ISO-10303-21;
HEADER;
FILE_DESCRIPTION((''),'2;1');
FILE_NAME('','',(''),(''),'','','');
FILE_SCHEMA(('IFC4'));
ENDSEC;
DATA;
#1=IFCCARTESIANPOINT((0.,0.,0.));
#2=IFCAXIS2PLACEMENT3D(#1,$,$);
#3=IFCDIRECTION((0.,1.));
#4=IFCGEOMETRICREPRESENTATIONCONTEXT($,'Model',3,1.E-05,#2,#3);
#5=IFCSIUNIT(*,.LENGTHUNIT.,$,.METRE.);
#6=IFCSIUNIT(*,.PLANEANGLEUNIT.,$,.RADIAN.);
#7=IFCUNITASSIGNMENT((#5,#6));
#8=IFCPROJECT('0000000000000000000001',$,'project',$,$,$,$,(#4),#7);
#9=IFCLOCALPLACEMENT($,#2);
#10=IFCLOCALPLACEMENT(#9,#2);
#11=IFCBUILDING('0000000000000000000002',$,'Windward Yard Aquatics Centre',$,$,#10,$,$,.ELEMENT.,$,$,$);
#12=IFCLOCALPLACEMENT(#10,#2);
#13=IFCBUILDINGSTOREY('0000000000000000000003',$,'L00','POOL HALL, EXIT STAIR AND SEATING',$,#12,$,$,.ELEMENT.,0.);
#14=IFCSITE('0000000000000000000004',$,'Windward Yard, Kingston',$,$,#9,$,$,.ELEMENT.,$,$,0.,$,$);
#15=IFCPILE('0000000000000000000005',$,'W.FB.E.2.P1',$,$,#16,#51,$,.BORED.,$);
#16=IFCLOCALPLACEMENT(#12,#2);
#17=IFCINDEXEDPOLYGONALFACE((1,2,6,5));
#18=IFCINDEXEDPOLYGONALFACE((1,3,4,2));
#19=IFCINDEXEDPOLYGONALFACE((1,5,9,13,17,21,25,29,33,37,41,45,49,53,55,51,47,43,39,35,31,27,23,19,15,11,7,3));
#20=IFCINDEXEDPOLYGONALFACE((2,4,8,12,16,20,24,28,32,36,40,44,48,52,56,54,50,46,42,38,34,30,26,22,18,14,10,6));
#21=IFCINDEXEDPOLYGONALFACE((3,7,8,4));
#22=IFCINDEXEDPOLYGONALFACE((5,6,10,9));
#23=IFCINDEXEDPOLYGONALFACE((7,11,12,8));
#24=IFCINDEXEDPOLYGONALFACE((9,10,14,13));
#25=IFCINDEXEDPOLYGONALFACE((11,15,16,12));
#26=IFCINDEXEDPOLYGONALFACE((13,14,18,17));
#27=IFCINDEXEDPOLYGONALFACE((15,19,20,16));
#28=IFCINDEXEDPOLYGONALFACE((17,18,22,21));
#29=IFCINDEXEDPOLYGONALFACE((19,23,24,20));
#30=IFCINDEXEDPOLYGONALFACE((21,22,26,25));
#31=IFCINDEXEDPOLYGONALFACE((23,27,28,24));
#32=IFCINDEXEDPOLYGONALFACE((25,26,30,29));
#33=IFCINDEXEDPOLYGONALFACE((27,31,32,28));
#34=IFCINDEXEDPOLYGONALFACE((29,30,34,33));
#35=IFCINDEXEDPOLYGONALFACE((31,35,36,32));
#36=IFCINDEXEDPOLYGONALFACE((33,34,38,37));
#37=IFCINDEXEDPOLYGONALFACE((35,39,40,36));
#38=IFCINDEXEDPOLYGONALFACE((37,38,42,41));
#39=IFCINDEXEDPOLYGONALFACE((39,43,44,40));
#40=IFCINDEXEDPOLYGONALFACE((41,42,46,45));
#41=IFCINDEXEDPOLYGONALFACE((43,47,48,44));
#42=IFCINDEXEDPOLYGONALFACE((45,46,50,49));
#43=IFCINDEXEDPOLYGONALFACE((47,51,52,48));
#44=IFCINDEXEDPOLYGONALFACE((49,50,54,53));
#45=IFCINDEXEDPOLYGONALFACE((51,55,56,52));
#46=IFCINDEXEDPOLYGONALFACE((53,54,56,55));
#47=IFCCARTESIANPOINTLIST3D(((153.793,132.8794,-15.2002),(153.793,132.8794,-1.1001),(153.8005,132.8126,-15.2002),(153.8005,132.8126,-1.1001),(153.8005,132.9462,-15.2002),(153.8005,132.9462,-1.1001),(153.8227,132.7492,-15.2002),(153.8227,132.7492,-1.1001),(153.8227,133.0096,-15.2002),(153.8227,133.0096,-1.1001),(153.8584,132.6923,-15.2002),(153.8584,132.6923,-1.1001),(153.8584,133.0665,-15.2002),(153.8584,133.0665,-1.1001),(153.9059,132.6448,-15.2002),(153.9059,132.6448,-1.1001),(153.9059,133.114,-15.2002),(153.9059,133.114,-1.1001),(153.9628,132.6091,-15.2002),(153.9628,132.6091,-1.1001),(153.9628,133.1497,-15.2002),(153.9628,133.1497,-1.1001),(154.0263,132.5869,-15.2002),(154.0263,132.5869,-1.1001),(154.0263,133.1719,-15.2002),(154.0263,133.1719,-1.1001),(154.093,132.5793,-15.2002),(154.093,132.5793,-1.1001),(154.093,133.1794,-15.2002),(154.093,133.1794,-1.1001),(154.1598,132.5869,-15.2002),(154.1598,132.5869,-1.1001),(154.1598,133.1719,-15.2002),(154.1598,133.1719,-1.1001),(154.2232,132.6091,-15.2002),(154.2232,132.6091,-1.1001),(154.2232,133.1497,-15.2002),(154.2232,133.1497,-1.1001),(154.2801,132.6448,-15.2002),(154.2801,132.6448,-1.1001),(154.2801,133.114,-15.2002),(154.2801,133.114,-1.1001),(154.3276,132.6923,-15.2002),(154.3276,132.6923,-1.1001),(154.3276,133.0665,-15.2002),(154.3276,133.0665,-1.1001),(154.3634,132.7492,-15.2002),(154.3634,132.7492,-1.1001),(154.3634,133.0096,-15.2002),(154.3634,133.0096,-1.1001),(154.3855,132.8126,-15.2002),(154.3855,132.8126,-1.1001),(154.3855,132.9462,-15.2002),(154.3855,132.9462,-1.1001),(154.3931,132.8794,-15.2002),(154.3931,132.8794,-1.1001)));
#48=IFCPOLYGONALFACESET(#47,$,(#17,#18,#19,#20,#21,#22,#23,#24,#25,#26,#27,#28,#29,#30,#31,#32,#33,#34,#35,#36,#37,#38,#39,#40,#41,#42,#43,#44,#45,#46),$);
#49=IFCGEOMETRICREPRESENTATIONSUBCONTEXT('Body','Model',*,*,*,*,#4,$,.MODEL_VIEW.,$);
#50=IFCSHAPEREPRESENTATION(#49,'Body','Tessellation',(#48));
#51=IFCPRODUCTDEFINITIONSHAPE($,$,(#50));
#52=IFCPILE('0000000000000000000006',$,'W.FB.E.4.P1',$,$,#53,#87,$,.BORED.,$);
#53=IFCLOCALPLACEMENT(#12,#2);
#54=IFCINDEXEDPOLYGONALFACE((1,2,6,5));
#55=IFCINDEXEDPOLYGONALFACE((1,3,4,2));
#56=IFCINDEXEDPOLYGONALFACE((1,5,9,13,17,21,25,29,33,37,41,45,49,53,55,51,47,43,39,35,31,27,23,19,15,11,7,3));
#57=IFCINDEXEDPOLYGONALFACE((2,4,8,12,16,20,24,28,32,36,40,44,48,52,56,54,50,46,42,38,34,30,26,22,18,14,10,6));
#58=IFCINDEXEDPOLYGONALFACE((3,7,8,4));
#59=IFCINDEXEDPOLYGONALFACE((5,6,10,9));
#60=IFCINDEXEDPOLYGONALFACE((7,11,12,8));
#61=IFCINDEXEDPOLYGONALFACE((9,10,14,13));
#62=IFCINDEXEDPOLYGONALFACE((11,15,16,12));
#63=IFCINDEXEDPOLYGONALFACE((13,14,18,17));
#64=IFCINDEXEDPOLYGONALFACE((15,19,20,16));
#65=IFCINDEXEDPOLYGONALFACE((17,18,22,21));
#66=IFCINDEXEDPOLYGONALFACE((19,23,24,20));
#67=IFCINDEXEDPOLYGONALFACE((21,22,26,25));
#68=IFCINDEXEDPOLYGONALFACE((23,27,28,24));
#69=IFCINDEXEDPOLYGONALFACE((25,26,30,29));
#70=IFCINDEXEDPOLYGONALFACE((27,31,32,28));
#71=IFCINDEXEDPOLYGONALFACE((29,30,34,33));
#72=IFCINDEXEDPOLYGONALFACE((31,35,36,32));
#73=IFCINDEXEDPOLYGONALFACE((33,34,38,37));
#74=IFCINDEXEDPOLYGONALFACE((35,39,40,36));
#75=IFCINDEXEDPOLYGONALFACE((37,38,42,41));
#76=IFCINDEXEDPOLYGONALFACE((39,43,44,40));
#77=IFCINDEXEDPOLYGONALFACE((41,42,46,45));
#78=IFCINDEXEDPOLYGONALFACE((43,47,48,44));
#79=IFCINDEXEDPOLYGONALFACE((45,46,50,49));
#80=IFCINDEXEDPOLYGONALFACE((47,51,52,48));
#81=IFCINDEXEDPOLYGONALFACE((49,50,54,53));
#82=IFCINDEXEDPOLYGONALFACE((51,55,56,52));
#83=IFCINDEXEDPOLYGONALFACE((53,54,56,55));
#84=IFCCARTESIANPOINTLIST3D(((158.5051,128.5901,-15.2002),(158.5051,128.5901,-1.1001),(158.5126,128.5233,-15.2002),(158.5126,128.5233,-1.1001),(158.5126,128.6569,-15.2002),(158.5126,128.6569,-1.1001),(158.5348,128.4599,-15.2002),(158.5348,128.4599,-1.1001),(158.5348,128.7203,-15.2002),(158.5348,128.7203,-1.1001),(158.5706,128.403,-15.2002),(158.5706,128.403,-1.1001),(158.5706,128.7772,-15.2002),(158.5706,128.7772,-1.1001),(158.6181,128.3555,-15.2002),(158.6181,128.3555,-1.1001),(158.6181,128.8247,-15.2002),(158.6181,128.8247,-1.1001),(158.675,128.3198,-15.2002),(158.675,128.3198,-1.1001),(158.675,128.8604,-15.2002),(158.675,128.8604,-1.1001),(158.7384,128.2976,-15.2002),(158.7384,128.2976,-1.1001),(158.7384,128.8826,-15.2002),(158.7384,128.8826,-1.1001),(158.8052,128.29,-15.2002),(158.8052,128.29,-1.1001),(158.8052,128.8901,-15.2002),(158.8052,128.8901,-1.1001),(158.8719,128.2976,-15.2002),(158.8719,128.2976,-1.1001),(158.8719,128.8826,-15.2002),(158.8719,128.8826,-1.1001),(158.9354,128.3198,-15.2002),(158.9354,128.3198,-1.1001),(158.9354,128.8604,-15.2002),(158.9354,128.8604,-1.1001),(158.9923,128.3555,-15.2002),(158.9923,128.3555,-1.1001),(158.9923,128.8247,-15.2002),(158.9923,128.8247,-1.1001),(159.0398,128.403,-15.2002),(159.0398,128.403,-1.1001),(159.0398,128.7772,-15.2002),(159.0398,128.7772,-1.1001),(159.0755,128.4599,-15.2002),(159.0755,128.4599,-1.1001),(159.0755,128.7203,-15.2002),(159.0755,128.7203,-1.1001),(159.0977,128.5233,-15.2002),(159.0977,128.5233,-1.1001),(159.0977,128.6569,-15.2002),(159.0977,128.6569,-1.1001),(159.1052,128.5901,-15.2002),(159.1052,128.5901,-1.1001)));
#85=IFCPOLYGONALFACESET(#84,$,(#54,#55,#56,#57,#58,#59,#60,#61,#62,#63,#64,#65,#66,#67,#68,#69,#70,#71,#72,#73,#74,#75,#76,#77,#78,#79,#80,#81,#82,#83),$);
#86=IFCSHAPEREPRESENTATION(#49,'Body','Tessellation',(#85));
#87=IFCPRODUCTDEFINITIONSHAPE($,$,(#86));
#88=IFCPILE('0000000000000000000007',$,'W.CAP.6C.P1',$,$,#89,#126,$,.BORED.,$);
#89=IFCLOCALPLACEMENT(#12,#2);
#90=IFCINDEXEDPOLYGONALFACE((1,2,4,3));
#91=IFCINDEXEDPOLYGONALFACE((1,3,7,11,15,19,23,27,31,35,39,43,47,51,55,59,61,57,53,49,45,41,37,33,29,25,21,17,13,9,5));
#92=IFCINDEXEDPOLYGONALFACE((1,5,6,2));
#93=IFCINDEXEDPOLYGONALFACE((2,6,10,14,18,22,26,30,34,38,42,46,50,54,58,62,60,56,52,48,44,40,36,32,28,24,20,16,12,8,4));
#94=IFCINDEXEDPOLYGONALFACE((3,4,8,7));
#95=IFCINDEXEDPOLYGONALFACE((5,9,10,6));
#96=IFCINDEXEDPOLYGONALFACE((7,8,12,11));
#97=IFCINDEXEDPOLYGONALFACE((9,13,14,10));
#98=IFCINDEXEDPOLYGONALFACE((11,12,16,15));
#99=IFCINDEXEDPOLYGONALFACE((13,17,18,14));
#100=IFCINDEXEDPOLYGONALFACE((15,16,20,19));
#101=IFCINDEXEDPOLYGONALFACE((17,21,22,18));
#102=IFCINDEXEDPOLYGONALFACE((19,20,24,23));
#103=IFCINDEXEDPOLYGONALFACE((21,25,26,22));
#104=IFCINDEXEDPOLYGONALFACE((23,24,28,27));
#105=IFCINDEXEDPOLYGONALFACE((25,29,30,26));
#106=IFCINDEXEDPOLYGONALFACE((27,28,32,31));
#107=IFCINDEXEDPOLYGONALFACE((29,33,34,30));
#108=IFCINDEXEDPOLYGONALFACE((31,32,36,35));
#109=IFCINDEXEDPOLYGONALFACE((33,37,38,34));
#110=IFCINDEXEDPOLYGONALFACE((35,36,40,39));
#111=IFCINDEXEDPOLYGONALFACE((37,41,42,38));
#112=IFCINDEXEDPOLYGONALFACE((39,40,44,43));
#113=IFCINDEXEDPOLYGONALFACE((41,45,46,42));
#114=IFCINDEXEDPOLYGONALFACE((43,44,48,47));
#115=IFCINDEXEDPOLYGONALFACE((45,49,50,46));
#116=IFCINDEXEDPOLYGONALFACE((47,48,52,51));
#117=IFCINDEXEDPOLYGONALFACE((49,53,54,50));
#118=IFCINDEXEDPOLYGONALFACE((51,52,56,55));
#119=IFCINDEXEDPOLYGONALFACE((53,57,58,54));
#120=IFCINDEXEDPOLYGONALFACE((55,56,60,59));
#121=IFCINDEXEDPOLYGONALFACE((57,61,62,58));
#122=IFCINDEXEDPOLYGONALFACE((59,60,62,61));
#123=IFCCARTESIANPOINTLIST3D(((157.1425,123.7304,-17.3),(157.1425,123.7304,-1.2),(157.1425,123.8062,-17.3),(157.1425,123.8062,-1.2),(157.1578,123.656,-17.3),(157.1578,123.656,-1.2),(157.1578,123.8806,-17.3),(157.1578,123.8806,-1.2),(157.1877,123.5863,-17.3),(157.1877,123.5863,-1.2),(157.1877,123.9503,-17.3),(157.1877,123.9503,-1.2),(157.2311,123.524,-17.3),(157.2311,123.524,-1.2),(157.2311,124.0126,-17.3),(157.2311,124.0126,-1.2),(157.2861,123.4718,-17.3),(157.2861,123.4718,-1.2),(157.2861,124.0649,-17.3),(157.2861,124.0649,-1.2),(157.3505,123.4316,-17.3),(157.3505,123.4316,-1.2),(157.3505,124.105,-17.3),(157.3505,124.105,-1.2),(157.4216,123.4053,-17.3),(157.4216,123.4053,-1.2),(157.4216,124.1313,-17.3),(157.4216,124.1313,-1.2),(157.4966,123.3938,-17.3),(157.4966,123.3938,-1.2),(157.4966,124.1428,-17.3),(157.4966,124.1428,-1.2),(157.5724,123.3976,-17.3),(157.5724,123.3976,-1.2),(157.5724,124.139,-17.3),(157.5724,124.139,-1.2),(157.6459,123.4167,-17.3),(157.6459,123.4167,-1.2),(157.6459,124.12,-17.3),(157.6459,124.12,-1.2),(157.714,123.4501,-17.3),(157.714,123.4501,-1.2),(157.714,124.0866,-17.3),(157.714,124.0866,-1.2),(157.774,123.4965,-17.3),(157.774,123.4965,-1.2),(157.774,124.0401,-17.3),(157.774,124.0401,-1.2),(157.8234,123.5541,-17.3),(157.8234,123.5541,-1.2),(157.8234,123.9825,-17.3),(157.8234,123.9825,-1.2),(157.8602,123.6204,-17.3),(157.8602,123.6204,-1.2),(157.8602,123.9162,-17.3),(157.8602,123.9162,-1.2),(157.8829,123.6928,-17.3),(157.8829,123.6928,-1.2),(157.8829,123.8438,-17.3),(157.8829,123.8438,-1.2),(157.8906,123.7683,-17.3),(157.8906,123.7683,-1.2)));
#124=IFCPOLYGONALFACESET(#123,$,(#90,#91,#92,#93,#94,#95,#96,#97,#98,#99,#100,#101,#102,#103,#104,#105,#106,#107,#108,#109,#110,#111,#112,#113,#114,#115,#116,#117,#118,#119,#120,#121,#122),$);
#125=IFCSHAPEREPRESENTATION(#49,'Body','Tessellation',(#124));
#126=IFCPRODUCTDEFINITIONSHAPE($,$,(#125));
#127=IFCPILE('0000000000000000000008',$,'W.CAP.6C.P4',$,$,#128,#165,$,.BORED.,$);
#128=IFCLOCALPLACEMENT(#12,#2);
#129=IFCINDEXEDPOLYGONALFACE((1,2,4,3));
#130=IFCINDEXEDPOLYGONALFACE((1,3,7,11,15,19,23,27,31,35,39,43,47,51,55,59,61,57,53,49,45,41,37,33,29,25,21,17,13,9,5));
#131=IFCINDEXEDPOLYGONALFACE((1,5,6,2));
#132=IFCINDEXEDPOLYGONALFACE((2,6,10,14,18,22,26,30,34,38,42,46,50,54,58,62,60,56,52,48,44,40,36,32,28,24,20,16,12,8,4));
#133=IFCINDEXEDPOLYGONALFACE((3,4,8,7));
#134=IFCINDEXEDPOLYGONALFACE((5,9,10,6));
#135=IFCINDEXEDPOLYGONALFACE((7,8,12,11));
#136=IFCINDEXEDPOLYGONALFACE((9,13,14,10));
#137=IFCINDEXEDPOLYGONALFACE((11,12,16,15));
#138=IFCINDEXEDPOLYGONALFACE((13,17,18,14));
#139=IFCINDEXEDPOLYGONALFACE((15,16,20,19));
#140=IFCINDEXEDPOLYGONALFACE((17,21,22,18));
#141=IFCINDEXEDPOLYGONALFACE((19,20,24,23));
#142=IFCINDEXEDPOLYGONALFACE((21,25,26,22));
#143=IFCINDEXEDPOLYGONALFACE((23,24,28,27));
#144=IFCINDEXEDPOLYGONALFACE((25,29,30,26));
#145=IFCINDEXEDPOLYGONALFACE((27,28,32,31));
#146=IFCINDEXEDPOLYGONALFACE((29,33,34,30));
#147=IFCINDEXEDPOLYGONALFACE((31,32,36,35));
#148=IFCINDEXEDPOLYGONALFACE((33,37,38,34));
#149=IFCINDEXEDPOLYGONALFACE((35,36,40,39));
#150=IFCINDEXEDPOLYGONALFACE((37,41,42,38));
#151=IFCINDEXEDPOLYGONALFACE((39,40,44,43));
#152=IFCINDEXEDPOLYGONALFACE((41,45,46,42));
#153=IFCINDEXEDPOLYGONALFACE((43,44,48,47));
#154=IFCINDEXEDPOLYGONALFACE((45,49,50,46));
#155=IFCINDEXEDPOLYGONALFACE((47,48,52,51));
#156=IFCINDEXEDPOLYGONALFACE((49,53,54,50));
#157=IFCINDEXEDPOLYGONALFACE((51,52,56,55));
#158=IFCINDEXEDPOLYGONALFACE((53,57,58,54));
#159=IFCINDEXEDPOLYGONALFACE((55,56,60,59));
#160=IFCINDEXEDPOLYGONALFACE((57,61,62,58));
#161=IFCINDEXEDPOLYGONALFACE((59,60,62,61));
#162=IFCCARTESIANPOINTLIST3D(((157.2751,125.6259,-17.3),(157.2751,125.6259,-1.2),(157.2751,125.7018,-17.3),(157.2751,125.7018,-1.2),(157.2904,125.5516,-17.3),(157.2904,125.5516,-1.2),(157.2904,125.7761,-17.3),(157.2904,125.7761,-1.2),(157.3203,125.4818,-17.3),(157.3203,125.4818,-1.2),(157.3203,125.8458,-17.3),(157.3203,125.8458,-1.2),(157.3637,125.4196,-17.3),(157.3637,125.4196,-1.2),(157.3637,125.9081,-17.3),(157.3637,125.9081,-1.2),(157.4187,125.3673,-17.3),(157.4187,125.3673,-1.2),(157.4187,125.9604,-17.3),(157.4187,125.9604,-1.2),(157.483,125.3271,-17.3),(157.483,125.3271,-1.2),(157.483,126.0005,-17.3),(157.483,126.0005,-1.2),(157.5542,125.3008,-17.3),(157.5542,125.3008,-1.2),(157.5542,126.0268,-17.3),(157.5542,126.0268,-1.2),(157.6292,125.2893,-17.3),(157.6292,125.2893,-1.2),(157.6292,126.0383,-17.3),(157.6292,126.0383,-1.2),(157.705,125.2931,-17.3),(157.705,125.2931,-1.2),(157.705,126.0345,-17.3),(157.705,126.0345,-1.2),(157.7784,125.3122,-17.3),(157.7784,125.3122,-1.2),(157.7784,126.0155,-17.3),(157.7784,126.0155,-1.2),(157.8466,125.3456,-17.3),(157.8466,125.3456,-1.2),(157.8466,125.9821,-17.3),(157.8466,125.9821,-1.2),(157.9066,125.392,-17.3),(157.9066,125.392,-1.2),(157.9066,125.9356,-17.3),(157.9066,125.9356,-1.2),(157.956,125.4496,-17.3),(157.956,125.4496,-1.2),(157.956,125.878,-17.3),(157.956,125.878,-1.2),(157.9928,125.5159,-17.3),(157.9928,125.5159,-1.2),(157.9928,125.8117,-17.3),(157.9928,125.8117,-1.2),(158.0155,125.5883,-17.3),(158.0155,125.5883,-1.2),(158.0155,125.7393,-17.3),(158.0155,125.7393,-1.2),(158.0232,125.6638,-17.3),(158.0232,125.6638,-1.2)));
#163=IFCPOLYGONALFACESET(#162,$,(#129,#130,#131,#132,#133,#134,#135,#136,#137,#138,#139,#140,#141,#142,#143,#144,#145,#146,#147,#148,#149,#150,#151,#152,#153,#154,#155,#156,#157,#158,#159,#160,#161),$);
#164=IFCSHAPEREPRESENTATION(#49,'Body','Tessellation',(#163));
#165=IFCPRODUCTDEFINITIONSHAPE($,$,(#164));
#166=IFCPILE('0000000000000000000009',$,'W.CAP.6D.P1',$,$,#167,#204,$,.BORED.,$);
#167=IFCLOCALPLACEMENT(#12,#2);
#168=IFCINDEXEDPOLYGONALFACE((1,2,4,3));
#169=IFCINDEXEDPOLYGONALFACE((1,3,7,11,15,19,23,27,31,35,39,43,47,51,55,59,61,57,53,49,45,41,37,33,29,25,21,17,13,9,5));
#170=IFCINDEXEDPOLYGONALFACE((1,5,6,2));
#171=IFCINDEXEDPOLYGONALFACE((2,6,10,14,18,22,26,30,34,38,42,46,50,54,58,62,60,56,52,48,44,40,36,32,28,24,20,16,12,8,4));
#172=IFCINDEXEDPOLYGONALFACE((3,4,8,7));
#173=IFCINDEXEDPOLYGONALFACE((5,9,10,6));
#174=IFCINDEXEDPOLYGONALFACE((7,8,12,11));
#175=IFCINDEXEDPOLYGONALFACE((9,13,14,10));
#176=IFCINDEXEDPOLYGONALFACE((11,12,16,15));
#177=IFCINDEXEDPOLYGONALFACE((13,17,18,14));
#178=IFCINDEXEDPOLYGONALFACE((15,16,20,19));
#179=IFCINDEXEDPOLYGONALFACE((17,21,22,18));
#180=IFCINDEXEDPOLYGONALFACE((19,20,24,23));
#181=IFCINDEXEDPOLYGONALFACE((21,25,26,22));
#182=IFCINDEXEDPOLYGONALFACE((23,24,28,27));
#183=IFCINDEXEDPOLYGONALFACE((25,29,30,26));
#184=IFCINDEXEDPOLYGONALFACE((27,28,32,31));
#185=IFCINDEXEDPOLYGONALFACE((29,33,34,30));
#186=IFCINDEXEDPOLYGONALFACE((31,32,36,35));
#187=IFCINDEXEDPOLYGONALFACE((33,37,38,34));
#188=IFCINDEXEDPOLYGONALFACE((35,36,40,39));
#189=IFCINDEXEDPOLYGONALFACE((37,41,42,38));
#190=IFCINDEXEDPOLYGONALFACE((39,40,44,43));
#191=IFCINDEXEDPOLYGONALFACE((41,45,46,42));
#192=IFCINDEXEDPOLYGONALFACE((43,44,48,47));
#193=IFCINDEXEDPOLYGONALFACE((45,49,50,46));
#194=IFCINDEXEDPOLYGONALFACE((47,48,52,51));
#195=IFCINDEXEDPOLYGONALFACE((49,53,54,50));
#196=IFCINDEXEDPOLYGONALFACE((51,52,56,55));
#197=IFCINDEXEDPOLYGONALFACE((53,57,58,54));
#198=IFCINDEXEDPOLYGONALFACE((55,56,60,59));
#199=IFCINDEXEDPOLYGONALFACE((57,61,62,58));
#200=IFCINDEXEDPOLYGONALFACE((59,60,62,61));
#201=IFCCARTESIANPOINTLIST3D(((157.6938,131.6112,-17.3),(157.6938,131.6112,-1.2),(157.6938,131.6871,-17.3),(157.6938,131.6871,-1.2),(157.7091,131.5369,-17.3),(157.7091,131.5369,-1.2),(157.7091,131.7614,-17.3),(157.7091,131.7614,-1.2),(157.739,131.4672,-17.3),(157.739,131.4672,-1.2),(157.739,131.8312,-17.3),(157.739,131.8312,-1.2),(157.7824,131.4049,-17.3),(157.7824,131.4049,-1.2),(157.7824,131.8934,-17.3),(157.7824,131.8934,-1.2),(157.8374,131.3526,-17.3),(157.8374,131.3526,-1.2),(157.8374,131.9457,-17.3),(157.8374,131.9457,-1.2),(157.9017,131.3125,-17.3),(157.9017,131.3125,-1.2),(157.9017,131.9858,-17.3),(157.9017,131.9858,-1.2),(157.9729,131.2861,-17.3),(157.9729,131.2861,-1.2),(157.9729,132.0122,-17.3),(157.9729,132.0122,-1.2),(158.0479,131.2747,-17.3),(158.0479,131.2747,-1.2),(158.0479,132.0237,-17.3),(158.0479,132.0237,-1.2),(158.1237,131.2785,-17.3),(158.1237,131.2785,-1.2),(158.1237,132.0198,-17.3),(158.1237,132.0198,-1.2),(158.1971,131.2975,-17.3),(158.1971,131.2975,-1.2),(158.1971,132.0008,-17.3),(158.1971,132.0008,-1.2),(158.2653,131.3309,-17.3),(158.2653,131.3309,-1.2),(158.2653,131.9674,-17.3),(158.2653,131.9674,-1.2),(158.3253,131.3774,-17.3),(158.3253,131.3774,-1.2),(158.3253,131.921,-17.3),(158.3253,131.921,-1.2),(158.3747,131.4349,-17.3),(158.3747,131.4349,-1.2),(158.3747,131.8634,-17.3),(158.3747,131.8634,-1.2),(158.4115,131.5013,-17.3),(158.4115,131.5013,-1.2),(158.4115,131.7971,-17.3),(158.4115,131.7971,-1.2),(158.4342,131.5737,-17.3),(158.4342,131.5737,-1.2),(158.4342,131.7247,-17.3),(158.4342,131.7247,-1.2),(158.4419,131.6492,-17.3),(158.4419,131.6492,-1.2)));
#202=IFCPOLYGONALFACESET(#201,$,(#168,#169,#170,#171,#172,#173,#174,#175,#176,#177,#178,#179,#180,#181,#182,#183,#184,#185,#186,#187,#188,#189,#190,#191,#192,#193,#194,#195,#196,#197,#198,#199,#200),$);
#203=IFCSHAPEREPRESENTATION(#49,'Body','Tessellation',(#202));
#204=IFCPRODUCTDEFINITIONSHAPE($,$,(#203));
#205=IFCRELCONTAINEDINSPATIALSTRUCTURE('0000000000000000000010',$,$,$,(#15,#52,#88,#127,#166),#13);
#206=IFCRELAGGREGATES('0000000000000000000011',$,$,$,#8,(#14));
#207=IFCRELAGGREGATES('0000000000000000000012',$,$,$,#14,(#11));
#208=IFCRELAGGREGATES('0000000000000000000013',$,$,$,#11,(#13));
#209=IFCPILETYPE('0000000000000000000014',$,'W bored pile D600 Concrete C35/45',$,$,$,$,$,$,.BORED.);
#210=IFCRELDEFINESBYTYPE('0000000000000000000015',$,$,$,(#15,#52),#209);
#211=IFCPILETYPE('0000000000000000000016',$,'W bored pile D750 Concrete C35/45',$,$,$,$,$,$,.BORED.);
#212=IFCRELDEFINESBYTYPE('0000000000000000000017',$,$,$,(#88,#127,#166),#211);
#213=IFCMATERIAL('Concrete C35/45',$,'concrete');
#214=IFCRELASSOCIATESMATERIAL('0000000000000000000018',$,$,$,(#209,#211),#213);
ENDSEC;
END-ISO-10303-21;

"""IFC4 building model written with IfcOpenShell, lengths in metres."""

from ifc_helpers import new_model, si_unit, direction, frame, origin, origin_2d, place, context, subcontext, project, spatial, circle, extrude, material, material_profile, profile_set, type_object, element, save


model = new_model("IFC4")

# Units and contexts
model_context = context("Model", 3, precision=1e-05, world=origin(), true_north=direction((0.0, 1.0)))
body_context = subcontext(model_context, "Body", "Model", "MODEL_VIEW")
ifc_project = project(units=[si_unit("LENGTHUNIT", "METRE"), si_unit("PLANEANGLEUNIT", "RADIAN")], contexts=[model_context])

# Site, building, storey
site_placement = place(None, origin())
site = spatial("IfcSite", under=ifc_project, at=site_placement, Name="Windward Yard, Kingston", CompositionType="ELEMENT", RefElevation=0.0)
building_placement = place(site_placement, origin())
building = spatial("IfcBuilding", under=site, at=building_placement, Name="Windward Yard Aquatics Centre", CompositionType="ELEMENT")
storey_placement = place(building_placement, origin())
storey = spatial("IfcBuildingStorey", under=building, at=storey_placement, Name="L00", Description="POOL HALL, EXIT STAIR AND SEATING", CompositionType="ELEMENT", Elevation=0.0)

# Piles
ifc_material_1 = material(Name="Concrete C35/45", Category="concrete")
ifc_material_profile_1 = material_profile(ifc_material_1, circle(Radius=0.3, at=origin_2d()), Name="D600")
ifc_profile_set_1 = profile_set([ifc_material_profile_1], Name="Concrete C35/45")
pile_type_1 = type_object("IfcPileType", Name="W bored pile D600 Concrete C35/45", PredefinedType="BORED", material=ifc_profile_set_1)
for number, where, z_axis, x_axis, name in (
    (1, (154.093, 132.8794, -1.1001), (0.0, 0.0, -1.0), (1.0, 0.0, 0.0), "W.FB.E.2.P1"),
    (2, (158.8052, 128.5901, -1.1001), (0.0, 0.0, -1.0), (1.0, 0.0, 0.0), "W.FB.E.4.P1"),
):
    element("IfcPile", number, at=place(storey_placement, frame(where, z_axis=z_axis, x_axis=x_axis)), inside=storey, type_object=pile_type_1, Name=name, PredefinedType="BORED", context=body_context, shape_type="SweptSolid", body=[
        extrude(circle(Radius=0.3, at=origin_2d()), origin(), (0.0, 0.0, 1.0), 14.1001),
    ])
ifc_material_profile_2 = material_profile(ifc_material_1, circle(Radius=0.375, at=origin_2d()), Name="D750")
ifc_profile_set_2 = profile_set([ifc_material_profile_2], Name="Concrete C35/45")
pile_type_2 = type_object("IfcPileType", Name="W bored pile D750 Concrete C35/45", PredefinedType="BORED", material=ifc_profile_set_2)
for number, where, z_axis, x_axis, name in (
    (3, (157.5156, 123.7683, -1.2), (0.0, 0.0, -1.0), (1.0, 0.0, 0.0), "W.CAP.6C.P1"),
    (4, (157.6482, 125.6638, -1.2), (0.0, 0.0, -1.0), (1.0, 0.0, 0.0), "W.CAP.6C.P4"),
    (5, (158.0669, 131.6492, -1.2), (0.0, 0.0, -1.0), (1.0, 0.0, 0.0), "W.CAP.6D.P1"),
):
    element("IfcPile", number, at=place(storey_placement, frame(where, z_axis=z_axis, x_axis=x_axis)), inside=storey, type_object=pile_type_2, Name=name, PredefinedType="BORED", context=body_context, shape_type="SweptSolid", body=[
        extrude(circle(Radius=0.375, at=origin_2d()), origin(), (0.0, 0.0, 1.0), 16.1001),
    ])

save(model, "model.ifc")
